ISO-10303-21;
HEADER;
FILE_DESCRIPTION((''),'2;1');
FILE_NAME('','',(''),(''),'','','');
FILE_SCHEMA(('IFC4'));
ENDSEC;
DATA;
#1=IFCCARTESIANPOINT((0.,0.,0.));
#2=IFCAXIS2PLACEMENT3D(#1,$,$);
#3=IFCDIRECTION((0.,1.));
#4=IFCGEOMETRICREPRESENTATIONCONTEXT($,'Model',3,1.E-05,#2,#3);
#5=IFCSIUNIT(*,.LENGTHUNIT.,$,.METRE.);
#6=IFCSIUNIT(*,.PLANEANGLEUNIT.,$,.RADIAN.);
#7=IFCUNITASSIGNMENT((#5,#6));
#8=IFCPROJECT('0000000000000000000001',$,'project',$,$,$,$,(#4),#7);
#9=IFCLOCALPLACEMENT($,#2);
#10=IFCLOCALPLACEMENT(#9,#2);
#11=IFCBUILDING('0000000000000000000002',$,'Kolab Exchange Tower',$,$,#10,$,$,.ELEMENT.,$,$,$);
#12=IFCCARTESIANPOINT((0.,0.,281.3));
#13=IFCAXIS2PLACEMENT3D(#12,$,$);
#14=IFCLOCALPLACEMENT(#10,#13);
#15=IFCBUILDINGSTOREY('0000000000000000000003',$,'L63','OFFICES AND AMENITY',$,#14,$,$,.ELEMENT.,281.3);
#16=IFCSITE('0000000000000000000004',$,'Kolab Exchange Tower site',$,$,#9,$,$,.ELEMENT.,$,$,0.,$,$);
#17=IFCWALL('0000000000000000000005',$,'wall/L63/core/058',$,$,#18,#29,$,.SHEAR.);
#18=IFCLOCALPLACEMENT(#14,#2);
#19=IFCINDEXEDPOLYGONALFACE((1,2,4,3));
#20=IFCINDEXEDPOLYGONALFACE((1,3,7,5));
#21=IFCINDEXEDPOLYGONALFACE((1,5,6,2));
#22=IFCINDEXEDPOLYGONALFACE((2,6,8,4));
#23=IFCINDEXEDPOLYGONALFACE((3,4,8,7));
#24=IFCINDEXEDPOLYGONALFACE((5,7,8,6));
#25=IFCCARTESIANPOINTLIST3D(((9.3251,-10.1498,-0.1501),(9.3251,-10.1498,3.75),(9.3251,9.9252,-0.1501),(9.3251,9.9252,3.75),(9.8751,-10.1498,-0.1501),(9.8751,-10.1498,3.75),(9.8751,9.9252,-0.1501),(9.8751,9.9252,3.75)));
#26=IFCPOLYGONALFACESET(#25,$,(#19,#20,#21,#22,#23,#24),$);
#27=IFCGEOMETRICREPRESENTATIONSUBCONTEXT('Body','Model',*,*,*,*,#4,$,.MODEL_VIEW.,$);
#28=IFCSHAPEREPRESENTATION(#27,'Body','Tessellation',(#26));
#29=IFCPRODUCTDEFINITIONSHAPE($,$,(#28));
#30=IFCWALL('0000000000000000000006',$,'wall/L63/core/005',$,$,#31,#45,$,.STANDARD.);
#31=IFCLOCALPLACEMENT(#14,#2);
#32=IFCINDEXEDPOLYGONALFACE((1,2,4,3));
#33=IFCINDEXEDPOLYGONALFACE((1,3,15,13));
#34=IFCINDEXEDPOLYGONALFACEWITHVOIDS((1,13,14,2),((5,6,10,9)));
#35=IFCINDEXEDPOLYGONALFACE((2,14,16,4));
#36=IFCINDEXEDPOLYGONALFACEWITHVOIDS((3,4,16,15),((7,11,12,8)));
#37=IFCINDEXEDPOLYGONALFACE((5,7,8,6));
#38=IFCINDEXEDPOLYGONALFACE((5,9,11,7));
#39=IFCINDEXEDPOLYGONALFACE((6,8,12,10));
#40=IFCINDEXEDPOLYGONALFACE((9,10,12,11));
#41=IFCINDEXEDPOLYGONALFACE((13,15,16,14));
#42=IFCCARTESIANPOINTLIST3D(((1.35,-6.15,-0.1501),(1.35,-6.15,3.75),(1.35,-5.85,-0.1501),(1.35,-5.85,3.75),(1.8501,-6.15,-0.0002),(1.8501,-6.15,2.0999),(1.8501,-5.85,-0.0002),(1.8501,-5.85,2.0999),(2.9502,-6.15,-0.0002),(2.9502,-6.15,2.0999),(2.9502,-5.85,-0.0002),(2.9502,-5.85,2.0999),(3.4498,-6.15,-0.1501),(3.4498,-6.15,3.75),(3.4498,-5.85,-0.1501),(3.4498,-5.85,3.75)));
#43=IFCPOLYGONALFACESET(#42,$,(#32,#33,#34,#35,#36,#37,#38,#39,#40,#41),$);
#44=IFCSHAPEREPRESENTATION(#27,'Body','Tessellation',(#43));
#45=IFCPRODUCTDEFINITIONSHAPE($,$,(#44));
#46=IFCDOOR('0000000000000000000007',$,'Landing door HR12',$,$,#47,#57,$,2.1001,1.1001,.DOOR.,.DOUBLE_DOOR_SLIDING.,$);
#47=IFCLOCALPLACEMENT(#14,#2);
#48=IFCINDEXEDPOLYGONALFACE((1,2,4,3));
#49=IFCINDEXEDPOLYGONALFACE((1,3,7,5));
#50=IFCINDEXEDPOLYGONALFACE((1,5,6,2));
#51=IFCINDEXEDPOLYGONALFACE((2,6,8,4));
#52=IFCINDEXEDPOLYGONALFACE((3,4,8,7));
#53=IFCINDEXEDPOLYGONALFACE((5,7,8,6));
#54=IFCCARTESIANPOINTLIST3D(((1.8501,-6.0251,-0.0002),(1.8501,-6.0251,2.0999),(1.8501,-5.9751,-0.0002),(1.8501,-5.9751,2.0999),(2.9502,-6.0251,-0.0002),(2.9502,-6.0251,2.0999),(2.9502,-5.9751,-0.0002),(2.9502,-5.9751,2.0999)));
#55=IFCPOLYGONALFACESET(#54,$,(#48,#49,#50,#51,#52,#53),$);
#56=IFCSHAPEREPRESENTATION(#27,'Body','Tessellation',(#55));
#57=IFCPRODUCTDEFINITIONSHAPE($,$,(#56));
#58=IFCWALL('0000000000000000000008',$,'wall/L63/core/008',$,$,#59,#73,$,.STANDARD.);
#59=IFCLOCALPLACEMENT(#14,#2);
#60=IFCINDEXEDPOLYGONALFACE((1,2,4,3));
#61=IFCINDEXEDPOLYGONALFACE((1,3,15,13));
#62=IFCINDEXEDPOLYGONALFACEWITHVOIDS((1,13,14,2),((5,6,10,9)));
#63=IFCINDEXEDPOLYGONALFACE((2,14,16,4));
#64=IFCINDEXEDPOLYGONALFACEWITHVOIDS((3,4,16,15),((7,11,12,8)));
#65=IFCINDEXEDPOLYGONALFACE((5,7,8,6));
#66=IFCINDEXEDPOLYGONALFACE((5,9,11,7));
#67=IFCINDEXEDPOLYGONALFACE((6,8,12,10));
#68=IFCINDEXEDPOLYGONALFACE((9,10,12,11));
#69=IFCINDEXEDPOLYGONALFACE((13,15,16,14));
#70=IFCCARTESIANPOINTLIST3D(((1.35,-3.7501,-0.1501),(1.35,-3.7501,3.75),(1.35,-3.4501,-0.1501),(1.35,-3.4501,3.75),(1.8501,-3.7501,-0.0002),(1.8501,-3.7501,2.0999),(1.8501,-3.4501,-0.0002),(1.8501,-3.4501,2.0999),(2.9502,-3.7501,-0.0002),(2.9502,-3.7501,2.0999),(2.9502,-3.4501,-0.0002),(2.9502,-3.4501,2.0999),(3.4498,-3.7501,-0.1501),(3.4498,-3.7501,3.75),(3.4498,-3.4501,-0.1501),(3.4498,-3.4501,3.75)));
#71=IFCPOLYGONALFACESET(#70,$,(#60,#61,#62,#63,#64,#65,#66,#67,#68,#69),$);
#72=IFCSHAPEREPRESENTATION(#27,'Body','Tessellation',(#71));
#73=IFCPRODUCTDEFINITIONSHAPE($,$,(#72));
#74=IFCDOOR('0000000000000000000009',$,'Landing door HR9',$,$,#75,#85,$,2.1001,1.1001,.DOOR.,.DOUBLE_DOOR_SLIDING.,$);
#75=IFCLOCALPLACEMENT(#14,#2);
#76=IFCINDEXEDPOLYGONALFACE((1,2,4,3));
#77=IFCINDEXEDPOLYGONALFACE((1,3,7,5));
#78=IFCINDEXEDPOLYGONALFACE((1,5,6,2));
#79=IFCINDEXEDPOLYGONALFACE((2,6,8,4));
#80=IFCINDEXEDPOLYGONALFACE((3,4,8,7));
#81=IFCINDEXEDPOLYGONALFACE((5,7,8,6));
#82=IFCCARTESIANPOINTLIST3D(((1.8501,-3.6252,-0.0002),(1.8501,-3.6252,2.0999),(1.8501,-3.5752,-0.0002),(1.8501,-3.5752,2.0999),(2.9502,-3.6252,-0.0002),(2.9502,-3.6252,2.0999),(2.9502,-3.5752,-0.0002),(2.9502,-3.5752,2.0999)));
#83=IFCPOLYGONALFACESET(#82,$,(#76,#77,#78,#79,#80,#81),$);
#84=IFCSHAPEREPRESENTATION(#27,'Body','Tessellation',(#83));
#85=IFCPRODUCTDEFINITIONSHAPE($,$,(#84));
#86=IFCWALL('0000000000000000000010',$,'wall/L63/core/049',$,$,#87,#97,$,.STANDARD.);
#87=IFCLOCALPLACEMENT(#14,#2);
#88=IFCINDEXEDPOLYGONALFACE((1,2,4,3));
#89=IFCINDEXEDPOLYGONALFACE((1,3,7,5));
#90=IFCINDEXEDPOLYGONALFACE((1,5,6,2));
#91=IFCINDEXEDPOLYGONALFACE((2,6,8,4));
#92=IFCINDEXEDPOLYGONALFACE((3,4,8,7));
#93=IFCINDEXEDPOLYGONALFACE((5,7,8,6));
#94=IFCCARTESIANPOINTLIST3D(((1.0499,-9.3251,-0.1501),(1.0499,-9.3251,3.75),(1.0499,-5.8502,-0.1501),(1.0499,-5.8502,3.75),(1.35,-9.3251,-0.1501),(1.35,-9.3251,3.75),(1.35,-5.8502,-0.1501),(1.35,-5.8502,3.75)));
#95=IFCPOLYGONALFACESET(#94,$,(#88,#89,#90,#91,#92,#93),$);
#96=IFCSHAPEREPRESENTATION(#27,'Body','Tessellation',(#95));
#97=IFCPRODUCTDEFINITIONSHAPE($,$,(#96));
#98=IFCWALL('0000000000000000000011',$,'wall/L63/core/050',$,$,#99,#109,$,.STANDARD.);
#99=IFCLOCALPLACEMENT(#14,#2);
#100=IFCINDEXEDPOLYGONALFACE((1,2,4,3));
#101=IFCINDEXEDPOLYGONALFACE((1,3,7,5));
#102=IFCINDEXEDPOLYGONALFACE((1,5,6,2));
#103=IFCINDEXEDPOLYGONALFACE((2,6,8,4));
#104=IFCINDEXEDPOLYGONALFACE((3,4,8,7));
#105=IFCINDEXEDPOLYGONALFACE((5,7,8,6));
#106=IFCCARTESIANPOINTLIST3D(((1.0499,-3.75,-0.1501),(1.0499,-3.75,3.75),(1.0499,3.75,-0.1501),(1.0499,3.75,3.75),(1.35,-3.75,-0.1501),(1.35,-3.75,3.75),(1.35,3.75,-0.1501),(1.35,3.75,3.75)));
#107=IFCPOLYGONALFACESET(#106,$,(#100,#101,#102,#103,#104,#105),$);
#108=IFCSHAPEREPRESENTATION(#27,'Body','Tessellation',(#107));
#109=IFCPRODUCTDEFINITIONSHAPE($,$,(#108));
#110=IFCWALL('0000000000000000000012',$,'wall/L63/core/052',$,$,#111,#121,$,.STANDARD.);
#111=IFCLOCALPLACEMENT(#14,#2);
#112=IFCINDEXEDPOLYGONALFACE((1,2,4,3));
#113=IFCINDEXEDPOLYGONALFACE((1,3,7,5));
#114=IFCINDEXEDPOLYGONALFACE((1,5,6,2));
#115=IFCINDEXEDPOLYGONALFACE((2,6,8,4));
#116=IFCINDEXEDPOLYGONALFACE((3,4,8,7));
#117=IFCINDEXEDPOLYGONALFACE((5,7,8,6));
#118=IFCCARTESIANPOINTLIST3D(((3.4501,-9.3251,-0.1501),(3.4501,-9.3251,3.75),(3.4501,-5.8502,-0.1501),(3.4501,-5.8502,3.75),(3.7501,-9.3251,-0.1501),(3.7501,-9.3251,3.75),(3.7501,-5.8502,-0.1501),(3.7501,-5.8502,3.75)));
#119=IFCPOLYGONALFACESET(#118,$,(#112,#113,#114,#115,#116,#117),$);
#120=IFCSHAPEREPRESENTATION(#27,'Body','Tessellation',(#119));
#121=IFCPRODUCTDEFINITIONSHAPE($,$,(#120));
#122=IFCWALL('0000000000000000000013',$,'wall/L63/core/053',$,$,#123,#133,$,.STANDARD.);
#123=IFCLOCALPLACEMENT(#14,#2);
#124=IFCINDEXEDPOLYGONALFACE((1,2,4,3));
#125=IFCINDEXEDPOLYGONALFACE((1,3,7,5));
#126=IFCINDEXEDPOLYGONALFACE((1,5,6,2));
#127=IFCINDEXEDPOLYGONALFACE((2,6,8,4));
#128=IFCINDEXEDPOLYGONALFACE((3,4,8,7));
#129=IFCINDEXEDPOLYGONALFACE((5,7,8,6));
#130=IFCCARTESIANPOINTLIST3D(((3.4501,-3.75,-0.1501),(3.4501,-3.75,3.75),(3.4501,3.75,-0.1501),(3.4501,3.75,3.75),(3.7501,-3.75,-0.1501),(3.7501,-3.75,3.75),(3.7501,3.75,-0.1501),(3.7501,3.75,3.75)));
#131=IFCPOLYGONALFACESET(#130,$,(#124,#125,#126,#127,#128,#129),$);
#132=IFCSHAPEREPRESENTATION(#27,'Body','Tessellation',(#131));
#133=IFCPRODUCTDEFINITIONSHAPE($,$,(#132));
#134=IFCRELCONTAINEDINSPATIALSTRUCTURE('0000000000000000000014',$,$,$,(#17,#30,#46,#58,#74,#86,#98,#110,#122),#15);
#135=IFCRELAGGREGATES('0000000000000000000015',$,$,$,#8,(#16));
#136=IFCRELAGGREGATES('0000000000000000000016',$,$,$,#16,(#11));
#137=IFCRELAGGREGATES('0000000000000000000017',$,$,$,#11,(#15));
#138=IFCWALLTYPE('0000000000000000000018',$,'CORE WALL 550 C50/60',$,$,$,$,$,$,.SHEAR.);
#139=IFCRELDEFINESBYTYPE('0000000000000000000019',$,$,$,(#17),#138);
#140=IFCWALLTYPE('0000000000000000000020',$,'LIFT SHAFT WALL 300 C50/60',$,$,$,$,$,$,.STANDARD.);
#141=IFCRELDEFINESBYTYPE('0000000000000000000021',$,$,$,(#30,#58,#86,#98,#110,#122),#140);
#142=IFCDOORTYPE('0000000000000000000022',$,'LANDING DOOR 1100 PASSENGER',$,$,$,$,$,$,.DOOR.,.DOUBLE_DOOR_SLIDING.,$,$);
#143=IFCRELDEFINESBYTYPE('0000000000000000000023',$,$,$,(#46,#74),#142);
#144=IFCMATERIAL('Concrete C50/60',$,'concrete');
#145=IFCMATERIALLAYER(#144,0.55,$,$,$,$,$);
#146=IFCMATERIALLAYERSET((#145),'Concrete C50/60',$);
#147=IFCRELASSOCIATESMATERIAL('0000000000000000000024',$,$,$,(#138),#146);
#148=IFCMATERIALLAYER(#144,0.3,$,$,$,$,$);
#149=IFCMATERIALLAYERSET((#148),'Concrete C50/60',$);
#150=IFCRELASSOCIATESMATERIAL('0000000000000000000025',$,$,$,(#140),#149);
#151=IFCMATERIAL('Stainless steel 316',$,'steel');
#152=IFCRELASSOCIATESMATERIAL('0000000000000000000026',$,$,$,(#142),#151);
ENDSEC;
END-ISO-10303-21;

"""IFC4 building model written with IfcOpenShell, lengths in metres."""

from ifc_helpers import new_model, si_unit, direction, frame, frame_2d, origin, place, context, subcontext, project, spatial, rectangle, extrude, material, layer, layer_set, type_object, element, fill, save


model = new_model("IFC4")

# Units and contexts
model_context = context("Model", 3, precision=1e-05, world=origin(), true_north=direction((0.0, 1.0)))
body_context = subcontext(model_context, "Body", "Model", "MODEL_VIEW")
ifc_project = project(units=[si_unit("LENGTHUNIT", "METRE"), si_unit("PLANEANGLEUNIT", "RADIAN")], contexts=[model_context])

# Site, building, storey
site_placement = place(None, origin())
site = spatial("IfcSite", under=ifc_project, at=site_placement, Name="Kolab Exchange Tower site", CompositionType="ELEMENT", RefElevation=0.0)
building_placement = place(site_placement, origin())
building = spatial("IfcBuilding", under=site, at=building_placement, Name="Kolab Exchange Tower", CompositionType="ELEMENT")
storey_placement = place(building_placement, frame((0.0, 0.0, 281.3)))
storey = spatial("IfcBuildingStorey", under=building, at=storey_placement, Name="L63", Description="OFFICES AND AMENITY", CompositionType="ELEMENT", Elevation=281.3)

# Wall
ifc_material_1 = material(Name="Concrete C50/60", Category="concrete")
ifc_layer_1 = layer(ifc_material_1, 0.55)
ifc_layer_set_1 = layer_set([ifc_layer_1], Name="Concrete C50/60")
wall_type_1 = type_object("IfcWallType", Name="CORE WALL 550 C50/60", PredefinedType="SHEAR", material=ifc_layer_set_1)
wall_1_placement = place(storey_placement, frame((9.6001, -10.1499, -0.1501), z_axis=(0.0, 0.0, 1.0), x_axis=(0.0, 1.0, 0.0)))
element("IfcWall", 1, at=wall_1_placement, inside=storey, type_object=wall_type_1, Name="wall/L63/core/058", PredefinedType="SHEAR", context=body_context, shape_type="SweptSolid", body=[
    extrude(rectangle(XDim=20.075, YDim=0.55, at=frame_2d((10.0376, 0.0))), origin(), (0.0, 0.0, 1.0), 3.9001),
])

# Walls, openings, doors
ifc_layer_2 = layer(ifc_material_1, 0.3)
ifc_layer_set_2 = layer_set([ifc_layer_2], Name="Concrete C50/60")
wall_type_2 = type_object("IfcWallType", Name="LIFT SHAFT WALL 300 C50/60", PredefinedType="STANDARD", material=ifc_layer_set_2)
wall_2_placement = place(storey_placement, frame((1.3501, -6.0, -0.1501), z_axis=(0.0, 0.0, 1.0), x_axis=(1.0, 0.0, 0.0)))
wall_2 = element("IfcWall", 2, at=wall_2_placement, inside=storey, type_object=wall_type_2, Name="wall/L63/core/005", PredefinedType="STANDARD", context=body_context, shape_type="SweptSolid", body=[
    extrude(rectangle(XDim=2.0999, YDim=0.3, at=frame_2d((1.0498, 0.0))), origin(), (0.0, 0.0, 1.0), 3.9001),
])
opening_1_placement = place(wall_2_placement, frame((0.5, 0.0, 0.1499)))
opening_1 = element("IfcOpeningElement", 3, at=opening_1_placement, cuts=wall_2, PredefinedType="OPENING", context=body_context, shape_type="SweptSolid", body=[
    extrude(rectangle(XDim=1.1001, YDim=2.1001, at=frame_2d((0.55, 1.05))), frame((0.0, 0.1602, 0.0), z_axis=(0.0, -1.0, 0.0), x_axis=(1.0, 0.0, 0.0)), (0.0, 0.0, 1.0), 0.3201),
])
ifc_material_2 = material(Name="Stainless steel 316", Category="steel")
door_type_1 = type_object("IfcDoorType", Name="LANDING DOOR 1100 PASSENGER", OperationType="DOUBLE_DOOR_SLIDING", PredefinedType="DOOR", material=ifc_material_2)
door_1_placement = place(opening_1_placement, origin())
door_1 = element("IfcDoor", 4, at=door_1_placement, inside=storey, type_object=door_type_1, Name="Landing door HR12", OperationType="DOUBLE_DOOR_SLIDING", OverallHeight=2.1001, OverallWidth=1.1001, PredefinedType="DOOR", context=body_context, shape_type="SweptSolid", body=[
    extrude(rectangle(XDim=1.1001, YDim=2.1001, at=frame_2d((0.55, 1.05))), frame((0.0, 0.0249, 0.0), z_axis=(0.0, -1.0, 0.0), x_axis=(1.0, 0.0, 0.0)), (0.0, 0.0, 1.0), 0.05),
])
fill(opening_1, door_1)
wall_3_placement = place(storey_placement, frame((1.3501, -3.6001, -0.1501), z_axis=(0.0, 0.0, 1.0), x_axis=(1.0, 0.0, 0.0)))
wall_3 = element("IfcWall", 5, at=wall_3_placement, inside=storey, type_object=wall_type_2, Name="wall/L63/core/008", PredefinedType="STANDARD", context=body_context, shape_type="SweptSolid", body=[
    extrude(rectangle(XDim=2.0999, YDim=0.3, at=frame_2d((1.0498, 0.0))), origin(), (0.0, 0.0, 1.0), 3.9001),
])
opening_2_placement = place(wall_3_placement, frame((0.5, 0.0, 0.1499)))
opening_2 = element("IfcOpeningElement", 6, at=opening_2_placement, cuts=wall_3, PredefinedType="OPENING", context=body_context, shape_type="SweptSolid", body=[
    extrude(rectangle(XDim=1.1001, YDim=2.1001, at=frame_2d((0.55, 1.05))), frame((0.0, 0.1602, 0.0), z_axis=(0.0, -1.0, 0.0), x_axis=(1.0, 0.0, 0.0)), (0.0, 0.0, 1.0), 0.3201),
])
door_2_placement = place(opening_2_placement, origin())
door_2 = element("IfcDoor", 7, at=door_2_placement, inside=storey, type_object=door_type_1, Name="Landing door HR9", OperationType="DOUBLE_DOOR_SLIDING", OverallHeight=2.1001, OverallWidth=1.1001, PredefinedType="DOOR", context=body_context, shape_type="SweptSolid", body=[
    extrude(rectangle(XDim=1.1001, YDim=2.1001, at=frame_2d((0.55, 1.05))), frame((0.0, 0.0249, 0.0), z_axis=(0.0, -1.0, 0.0), x_axis=(1.0, 0.0, 0.0)), (0.0, 0.0, 1.0), 0.05),
])
fill(opening_2, door_2)

# Walls
wall_4_placement = place(storey_placement, frame((1.2, -9.325, -0.1501), z_axis=(0.0, 0.0, 1.0), x_axis=(0.0, 1.0, 0.0)))
element("IfcWall", 8, at=wall_4_placement, inside=storey, type_object=wall_type_2, Name="wall/L63/core/049", PredefinedType="STANDARD", context=body_context, shape_type="SweptSolid", body=[
    extrude(rectangle(XDim=3.4749, YDim=0.3, at=frame_2d((1.7373, 0.0))), origin(), (0.0, 0.0, 1.0), 3.9001),
])
wall_5_placement = place(storey_placement, frame((1.2, -3.75, -0.1501), z_axis=(0.0, 0.0, 1.0), x_axis=(0.0, 1.0, 0.0)))
element("IfcWall", 9, at=wall_5_placement, inside=storey, type_object=wall_type_2, Name="wall/L63/core/050", PredefinedType="STANDARD", context=body_context, shape_type="SweptSolid", body=[
    extrude(rectangle(XDim=7.5, YDim=0.3, at=frame_2d((3.75, 0.0))), origin(), (0.0, 0.0, 1.0), 3.9001),
])
wall_6_placement = place(storey_placement, frame((3.6001, -9.325, -0.1501), z_axis=(0.0, 0.0, 1.0), x_axis=(0.0, 1.0, 0.0)))
element("IfcWall", 10, at=wall_6_placement, inside=storey, type_object=wall_type_2, Name="wall/L63/core/052", PredefinedType="STANDARD", context=body_context, shape_type="SweptSolid", body=[
    extrude(rectangle(XDim=3.4749, YDim=0.3, at=frame_2d((1.7373, 0.0))), origin(), (0.0, 0.0, 1.0), 3.9001),
])
wall_7_placement = place(storey_placement, frame((3.6001, -3.75, -0.1501), z_axis=(0.0, 0.0, 1.0), x_axis=(0.0, 1.0, 0.0)))
element("IfcWall", 11, at=wall_7_placement, inside=storey, type_object=wall_type_2, Name="wall/L63/core/053", PredefinedType="STANDARD", context=body_context, shape_type="SweptSolid", body=[
    extrude(rectangle(XDim=7.5, YDim=0.3, at=frame_2d((3.75, 0.0))), origin(), (0.0, 0.0, 1.0), 3.9001),
])

save(model, "model.ifc")
